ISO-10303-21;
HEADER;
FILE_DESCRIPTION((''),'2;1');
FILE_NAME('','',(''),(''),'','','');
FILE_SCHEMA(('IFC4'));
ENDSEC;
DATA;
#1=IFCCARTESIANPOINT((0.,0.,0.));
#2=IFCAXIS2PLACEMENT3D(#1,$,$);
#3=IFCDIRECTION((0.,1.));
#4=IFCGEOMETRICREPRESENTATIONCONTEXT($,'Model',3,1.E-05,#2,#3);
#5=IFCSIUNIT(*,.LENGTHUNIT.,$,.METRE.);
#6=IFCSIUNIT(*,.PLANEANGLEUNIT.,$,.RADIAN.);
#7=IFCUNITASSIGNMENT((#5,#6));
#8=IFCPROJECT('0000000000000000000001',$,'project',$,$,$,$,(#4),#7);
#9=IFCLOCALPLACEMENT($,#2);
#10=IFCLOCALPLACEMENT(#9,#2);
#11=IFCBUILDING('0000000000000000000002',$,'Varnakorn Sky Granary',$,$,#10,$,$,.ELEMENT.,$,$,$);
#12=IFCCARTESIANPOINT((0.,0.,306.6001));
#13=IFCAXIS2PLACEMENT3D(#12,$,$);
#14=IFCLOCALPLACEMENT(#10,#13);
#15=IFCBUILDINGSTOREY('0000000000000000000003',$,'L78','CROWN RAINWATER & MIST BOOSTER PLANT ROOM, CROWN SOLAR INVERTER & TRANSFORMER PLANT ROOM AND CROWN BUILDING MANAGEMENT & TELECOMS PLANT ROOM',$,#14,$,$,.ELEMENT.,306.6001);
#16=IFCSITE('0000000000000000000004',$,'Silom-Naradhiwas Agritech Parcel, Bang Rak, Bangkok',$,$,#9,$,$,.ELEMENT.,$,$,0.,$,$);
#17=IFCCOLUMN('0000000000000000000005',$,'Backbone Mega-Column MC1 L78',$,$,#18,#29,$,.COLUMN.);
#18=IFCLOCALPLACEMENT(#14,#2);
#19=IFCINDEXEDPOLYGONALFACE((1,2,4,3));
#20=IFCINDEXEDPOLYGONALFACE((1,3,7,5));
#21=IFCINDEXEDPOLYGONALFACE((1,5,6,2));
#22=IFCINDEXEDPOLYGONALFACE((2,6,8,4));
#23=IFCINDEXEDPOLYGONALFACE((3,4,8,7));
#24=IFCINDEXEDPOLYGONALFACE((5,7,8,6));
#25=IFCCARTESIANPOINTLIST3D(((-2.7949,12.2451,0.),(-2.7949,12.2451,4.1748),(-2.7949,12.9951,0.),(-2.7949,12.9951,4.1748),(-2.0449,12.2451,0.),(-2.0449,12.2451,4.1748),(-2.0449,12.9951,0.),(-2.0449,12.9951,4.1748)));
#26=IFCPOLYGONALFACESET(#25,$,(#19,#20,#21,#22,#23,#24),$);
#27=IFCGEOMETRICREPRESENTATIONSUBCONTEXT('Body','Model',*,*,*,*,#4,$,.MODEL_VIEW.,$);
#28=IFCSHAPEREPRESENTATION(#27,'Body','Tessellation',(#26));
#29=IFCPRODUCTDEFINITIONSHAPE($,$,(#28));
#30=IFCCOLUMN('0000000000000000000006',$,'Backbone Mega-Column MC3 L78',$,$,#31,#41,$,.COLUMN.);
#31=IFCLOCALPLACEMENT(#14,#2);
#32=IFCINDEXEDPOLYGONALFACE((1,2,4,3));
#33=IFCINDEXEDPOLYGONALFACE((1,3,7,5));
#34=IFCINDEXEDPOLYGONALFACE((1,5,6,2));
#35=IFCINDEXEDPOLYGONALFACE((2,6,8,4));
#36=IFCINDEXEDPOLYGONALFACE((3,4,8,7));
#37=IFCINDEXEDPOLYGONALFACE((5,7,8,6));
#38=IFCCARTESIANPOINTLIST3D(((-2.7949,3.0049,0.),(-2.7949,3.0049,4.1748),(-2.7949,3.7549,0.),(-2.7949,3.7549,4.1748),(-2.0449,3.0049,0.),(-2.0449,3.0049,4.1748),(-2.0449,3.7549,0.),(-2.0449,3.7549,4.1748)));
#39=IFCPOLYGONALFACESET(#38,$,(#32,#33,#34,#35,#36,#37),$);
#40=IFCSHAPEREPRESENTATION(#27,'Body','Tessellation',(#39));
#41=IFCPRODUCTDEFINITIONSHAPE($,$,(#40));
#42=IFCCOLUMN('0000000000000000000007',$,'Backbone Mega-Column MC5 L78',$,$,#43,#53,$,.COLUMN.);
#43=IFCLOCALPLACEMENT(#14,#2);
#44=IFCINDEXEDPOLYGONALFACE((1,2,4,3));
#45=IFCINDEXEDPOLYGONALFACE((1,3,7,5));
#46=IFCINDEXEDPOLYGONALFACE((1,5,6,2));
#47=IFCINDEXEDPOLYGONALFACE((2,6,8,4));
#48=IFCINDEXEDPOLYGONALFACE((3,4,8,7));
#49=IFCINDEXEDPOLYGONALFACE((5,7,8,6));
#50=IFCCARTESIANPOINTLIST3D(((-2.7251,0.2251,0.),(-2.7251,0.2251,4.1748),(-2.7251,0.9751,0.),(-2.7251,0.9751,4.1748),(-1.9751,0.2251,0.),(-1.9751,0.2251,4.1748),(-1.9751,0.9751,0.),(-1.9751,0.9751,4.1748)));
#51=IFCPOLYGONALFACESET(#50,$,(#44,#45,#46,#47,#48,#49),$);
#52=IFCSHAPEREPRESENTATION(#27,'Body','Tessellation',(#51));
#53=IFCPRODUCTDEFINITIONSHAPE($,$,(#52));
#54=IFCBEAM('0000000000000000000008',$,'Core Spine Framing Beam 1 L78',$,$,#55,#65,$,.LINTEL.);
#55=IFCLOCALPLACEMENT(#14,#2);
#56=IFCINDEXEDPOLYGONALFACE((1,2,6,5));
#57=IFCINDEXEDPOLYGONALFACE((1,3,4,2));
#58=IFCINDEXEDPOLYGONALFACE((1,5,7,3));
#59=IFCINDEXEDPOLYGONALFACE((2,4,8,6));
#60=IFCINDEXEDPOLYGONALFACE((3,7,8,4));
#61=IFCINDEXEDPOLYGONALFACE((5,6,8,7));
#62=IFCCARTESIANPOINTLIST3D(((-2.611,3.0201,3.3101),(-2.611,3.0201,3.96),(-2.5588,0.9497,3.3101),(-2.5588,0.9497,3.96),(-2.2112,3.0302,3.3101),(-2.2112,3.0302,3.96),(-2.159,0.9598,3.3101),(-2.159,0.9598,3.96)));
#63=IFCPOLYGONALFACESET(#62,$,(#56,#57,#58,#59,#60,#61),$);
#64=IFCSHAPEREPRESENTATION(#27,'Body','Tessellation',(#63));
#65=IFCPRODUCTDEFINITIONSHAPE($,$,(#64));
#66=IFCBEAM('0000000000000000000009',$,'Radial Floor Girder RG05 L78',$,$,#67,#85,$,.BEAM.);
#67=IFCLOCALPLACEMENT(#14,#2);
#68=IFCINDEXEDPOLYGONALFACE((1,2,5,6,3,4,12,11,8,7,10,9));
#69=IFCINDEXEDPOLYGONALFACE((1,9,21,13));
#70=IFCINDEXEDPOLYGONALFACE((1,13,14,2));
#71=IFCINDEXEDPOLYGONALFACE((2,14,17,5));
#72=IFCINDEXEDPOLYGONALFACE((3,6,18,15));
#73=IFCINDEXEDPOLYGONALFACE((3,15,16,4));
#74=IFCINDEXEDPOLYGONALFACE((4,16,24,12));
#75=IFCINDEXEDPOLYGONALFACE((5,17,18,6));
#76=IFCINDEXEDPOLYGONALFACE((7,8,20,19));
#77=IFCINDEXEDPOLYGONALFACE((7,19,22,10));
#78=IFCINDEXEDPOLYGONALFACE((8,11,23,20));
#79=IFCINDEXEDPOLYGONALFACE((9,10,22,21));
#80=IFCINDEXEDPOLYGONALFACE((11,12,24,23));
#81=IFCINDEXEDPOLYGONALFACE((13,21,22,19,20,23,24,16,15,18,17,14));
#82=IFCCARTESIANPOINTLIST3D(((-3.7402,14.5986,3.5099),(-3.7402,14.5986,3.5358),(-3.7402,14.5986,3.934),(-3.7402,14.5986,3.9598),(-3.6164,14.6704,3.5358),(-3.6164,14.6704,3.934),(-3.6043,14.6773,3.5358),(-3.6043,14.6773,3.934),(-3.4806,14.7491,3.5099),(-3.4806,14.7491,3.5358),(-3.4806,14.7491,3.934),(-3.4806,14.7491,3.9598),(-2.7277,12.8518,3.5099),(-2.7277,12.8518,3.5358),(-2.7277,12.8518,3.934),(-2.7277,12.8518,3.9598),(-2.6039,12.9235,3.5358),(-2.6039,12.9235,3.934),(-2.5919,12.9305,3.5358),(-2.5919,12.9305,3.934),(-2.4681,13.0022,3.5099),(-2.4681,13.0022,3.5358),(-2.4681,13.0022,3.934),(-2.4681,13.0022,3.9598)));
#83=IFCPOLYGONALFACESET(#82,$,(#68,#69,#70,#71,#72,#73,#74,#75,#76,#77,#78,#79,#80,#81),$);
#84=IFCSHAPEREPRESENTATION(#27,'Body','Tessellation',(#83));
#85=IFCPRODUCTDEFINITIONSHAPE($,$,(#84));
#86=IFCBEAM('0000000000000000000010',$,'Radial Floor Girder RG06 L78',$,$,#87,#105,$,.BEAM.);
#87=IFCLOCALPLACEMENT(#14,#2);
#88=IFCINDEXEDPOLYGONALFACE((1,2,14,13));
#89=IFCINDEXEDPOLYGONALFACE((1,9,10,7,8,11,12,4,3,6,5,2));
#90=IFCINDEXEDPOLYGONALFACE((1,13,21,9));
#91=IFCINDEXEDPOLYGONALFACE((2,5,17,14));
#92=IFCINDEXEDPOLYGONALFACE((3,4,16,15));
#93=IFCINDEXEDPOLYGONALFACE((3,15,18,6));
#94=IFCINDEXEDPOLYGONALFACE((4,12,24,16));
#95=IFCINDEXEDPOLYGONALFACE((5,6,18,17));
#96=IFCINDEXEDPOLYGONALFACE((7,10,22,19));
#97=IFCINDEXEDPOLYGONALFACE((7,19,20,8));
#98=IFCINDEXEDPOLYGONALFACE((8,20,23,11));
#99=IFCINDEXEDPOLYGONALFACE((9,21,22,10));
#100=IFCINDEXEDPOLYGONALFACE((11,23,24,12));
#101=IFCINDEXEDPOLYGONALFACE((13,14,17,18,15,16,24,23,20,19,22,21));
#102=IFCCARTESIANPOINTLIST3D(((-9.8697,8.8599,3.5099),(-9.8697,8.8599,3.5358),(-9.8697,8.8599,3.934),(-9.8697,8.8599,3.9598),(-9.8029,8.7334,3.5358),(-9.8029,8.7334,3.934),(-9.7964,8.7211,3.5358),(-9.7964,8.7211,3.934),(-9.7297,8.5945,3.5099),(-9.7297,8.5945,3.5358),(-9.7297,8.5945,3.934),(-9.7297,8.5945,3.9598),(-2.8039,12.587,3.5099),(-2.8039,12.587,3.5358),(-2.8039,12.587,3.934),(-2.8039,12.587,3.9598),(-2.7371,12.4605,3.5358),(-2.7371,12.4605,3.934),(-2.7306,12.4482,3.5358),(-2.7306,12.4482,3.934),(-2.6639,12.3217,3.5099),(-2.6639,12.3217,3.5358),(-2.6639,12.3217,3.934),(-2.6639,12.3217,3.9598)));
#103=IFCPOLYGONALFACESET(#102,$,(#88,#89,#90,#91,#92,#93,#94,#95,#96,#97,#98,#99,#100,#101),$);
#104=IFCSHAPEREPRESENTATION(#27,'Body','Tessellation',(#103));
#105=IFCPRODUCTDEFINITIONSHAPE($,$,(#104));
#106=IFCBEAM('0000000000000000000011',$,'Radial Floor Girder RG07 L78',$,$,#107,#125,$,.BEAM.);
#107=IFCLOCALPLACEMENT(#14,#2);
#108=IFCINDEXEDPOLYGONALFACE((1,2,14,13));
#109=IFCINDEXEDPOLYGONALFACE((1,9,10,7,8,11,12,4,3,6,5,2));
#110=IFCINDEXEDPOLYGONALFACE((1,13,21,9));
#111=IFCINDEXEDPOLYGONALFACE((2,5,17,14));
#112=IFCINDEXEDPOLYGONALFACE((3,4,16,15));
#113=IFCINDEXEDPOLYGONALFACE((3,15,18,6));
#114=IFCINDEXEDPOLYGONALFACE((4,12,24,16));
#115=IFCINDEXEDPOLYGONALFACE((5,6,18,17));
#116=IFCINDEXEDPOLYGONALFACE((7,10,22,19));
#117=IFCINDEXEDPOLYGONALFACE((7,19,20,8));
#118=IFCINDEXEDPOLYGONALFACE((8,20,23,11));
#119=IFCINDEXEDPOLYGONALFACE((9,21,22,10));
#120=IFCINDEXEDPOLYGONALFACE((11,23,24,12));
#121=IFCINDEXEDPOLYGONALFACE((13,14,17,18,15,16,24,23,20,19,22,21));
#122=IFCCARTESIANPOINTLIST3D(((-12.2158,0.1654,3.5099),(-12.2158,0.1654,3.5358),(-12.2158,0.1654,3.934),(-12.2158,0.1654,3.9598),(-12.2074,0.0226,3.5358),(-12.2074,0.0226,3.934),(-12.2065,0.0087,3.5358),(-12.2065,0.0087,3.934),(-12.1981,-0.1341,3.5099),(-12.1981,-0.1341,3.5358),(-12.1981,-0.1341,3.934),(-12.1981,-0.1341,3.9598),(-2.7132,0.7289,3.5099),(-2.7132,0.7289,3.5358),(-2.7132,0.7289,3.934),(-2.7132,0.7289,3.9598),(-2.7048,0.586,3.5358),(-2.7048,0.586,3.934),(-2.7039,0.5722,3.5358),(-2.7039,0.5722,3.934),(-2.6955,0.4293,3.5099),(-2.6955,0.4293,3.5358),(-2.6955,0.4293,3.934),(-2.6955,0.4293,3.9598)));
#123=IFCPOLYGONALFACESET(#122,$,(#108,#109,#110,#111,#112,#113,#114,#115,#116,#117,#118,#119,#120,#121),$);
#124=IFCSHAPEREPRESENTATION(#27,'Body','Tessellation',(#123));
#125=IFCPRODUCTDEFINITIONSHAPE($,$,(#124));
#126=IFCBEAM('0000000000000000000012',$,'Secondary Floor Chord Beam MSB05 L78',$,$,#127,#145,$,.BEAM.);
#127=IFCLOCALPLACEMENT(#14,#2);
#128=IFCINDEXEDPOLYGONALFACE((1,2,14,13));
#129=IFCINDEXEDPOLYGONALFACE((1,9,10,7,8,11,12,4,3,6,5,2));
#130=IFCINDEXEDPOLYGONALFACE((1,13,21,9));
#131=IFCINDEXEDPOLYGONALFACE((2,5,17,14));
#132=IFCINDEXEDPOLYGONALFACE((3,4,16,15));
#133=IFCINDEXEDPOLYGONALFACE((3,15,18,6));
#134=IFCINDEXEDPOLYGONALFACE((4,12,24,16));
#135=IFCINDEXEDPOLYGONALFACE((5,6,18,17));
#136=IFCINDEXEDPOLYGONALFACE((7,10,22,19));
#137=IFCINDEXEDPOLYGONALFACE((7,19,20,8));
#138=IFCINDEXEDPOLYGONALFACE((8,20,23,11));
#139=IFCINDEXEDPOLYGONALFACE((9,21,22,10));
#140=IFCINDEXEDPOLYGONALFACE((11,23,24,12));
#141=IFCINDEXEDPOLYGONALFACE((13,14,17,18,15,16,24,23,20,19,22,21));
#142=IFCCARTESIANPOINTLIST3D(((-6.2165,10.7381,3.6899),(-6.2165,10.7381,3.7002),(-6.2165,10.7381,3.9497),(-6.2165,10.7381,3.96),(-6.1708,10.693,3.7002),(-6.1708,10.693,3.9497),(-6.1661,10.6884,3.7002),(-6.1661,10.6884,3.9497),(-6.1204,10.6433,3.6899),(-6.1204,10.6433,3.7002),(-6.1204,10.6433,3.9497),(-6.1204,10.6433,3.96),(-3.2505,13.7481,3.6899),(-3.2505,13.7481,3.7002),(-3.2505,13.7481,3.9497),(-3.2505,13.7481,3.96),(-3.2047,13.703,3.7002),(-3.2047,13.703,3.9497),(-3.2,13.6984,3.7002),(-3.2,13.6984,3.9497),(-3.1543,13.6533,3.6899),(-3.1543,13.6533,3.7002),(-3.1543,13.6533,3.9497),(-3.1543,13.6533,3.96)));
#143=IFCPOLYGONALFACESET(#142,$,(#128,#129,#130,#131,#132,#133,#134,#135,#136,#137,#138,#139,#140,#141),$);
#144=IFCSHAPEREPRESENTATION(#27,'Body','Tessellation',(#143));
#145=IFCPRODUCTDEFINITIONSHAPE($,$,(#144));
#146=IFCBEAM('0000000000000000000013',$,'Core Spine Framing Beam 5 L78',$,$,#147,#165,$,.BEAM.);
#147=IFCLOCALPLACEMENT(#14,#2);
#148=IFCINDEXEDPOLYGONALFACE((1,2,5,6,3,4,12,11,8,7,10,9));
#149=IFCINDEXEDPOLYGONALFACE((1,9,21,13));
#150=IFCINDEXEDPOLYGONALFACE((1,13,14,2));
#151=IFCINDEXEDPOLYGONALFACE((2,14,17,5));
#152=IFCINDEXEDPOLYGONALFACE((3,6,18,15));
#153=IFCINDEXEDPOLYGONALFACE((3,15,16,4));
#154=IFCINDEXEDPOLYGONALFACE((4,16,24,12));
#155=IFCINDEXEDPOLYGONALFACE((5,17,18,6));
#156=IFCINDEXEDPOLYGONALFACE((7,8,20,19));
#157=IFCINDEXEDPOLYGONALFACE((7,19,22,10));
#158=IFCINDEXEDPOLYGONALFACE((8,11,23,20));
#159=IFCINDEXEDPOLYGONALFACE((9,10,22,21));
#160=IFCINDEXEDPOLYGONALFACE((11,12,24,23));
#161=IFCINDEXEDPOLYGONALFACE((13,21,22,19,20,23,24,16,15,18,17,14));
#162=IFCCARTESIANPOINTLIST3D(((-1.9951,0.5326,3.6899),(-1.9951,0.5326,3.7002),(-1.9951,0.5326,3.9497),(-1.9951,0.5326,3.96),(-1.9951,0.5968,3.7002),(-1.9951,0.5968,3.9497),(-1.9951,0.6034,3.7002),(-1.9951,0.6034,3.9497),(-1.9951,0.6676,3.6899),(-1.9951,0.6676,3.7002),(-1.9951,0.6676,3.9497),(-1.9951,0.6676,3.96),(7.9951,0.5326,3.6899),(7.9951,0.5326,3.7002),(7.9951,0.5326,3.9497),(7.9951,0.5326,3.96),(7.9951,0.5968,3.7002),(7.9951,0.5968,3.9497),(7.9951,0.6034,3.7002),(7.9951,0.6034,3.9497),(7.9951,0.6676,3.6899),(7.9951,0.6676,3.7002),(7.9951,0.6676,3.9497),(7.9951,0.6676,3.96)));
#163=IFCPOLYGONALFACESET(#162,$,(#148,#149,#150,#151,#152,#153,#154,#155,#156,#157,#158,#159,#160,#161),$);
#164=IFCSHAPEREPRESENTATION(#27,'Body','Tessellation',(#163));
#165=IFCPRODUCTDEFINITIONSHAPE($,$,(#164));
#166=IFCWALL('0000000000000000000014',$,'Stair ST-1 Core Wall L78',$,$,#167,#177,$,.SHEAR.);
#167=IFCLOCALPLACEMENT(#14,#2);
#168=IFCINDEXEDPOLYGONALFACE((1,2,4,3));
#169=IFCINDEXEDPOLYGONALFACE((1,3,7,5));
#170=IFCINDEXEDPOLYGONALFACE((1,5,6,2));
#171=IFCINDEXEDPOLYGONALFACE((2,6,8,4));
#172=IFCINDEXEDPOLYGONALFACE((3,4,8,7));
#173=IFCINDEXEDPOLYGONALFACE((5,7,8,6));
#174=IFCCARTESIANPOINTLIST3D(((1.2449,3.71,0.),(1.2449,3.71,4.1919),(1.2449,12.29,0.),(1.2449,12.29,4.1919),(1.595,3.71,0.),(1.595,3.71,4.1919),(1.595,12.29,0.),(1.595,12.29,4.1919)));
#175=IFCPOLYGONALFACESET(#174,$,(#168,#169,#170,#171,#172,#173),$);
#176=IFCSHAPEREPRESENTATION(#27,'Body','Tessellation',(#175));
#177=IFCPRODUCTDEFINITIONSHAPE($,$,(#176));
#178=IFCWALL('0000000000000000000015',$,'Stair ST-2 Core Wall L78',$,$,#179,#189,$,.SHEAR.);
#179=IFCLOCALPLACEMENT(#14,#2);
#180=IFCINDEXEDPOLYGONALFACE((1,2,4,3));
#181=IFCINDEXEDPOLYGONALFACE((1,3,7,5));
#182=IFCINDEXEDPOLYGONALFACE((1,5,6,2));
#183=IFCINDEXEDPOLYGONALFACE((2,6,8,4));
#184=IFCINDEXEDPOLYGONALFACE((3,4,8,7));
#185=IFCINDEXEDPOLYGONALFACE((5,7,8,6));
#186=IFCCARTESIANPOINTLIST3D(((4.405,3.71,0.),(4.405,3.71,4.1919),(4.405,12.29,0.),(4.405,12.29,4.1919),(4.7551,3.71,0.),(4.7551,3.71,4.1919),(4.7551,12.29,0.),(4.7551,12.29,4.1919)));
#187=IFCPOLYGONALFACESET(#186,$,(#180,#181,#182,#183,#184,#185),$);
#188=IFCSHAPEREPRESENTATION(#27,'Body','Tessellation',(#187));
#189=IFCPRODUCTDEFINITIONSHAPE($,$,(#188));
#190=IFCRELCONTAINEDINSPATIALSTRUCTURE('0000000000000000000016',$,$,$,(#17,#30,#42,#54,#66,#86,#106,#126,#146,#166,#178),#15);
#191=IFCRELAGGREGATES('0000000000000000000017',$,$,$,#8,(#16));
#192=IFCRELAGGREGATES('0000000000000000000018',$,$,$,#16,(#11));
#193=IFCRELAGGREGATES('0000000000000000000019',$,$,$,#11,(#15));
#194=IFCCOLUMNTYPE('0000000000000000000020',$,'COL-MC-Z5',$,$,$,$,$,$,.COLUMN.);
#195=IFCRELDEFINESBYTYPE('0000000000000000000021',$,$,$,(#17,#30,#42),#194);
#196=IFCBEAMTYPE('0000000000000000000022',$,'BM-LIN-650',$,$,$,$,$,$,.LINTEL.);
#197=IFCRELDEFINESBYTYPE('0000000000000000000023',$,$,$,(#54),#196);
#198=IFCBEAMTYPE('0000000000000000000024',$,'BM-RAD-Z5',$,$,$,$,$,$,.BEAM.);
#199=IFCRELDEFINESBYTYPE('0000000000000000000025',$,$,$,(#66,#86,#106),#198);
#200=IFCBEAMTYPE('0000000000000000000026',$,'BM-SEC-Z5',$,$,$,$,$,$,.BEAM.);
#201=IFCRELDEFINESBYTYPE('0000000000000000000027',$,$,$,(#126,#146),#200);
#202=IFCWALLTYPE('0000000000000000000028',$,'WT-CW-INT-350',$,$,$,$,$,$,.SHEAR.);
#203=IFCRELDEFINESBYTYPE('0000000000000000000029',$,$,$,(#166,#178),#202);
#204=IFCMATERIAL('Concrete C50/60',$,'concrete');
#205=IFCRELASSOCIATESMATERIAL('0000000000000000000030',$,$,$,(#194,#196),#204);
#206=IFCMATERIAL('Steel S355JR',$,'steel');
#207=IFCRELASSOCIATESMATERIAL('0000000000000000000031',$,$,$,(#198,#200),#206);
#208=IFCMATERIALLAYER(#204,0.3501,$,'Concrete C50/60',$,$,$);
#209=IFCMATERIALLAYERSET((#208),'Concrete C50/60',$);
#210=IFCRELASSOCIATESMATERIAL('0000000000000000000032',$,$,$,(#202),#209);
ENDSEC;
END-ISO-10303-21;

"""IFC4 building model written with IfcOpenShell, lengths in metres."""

from ifc_helpers import new_model, si_unit, direction, frame, frame_2d, origin, origin_2d, place, context, subcontext, project, spatial, rectangle, i_section, extrude, material, layer, layer_set, material_profile, profile_set, type_object, element, save


model = new_model("IFC4")

# Units and contexts
model_context = context("Model", 3, precision=1e-05, world=origin(), true_north=direction((0.0, 1.0)))
body_context = subcontext(model_context, "Body", "Model", "MODEL_VIEW")
ifc_project = project(units=[si_unit("LENGTHUNIT", "METRE"), si_unit("PLANEANGLEUNIT", "RADIAN")], contexts=[model_context])

# Site, building, storey
site_placement = place(None, origin())
site = spatial("IfcSite", under=ifc_project, at=site_placement, Name="Silom-Naradhiwas Agritech Parcel, Bang Rak, Bangkok", CompositionType="ELEMENT", RefElevation=0.0)
building_placement = place(site_placement, origin())
building = spatial("IfcBuilding", under=site, at=building_placement, Name="Varnakorn Sky Granary", CompositionType="ELEMENT")
storey_placement = place(building_placement, frame((0.0, 0.0, 306.6001)))
storey = spatial("IfcBuildingStorey", under=building, at=storey_placement, Name="L78", Description="CROWN RAINWATER & MIST BOOSTER PLANT ROOM, CROWN SOLAR INVERTER & TRANSFORMER PLANT ROOM AND CROWN BUILDING MANAGEMENT & TELECOMS PLANT ROOM", CompositionType="ELEMENT", Elevation=306.6001)

# Columns
ifc_material_1 = material(Name="Concrete C50/60", Category="concrete")
ifc_material_profile_1 = material_profile(ifc_material_1, rectangle(XDim=0.75, YDim=0.75, at=origin_2d()), Name="RC 750x750")
ifc_profile_set_1 = profile_set([ifc_material_profile_1], Name="Concrete C50/60")
column_type = type_object("IfcColumnType", Name="COL-MC-Z5", PredefinedType="COLUMN", material=ifc_profile_set_1)
for number, where, z_axis, x_axis, name in (
    (1, (-2.4199, 12.6201, 0.0), (0.0, 0.0, 1.0), (1.0, 0.0, 0.0), "Backbone Mega-Column MC1 L78"),
    (2, (-2.4199, 3.3799, 0.0), (0.0, 0.0, 1.0), (1.0, 0.0, 0.0), "Backbone Mega-Column MC3 L78"),
    (3, (-2.3501, 0.6001, 0.0), (0.0, 0.0, 1.0), (1.0, 0.0, 0.0), "Backbone Mega-Column MC5 L78"),
):
    element("IfcColumn", number, at=place(storey_placement, frame(where, z_axis=z_axis, x_axis=x_axis)), inside=storey, type_object=column_type, Name=name, PredefinedType="COLUMN", context=body_context, shape_type="SweptSolid", body=[
        extrude(rectangle(XDim=0.75, YDim=0.75, at=origin_2d()), origin(), (0.0, 0.0, 1.0), 4.1748),
    ])

# Beams
ifc_material_profile_2 = material_profile(ifc_material_1, rectangle(XDim=0.3999, YDim=0.6499, at=origin_2d()), Name="RC 400x650")
ifc_profile_set_2 = profile_set([ifc_material_profile_2], Name="Concrete C50/60")
beam_type_1 = type_object("IfcBeamType", Name="BM-LIN-650", PredefinedType="LINTEL", material=ifc_profile_set_2)
beam_1_placement = place(storey_placement, frame((-2.4111, 3.0251, 3.635), z_axis=(0.025228, -0.999682, 0.0), x_axis=(0.999682, 0.025228, 0.0)))
element("IfcBeam", 4, at=beam_1_placement, inside=storey, type_object=beam_type_1, Name="Core Spine Framing Beam 1 L78", PredefinedType="LINTEL", context=body_context, shape_type="SweptSolid", body=[
    extrude(rectangle(XDim=0.3999, YDim=0.6499, at=origin_2d()), origin(), (0.0, 0.0, 1.0), 2.071),
])
ifc_material_2 = material(Name="Steel S355JR", Category="steel")
ifc_material_profile_3 = material_profile(ifc_material_2, i_section(OverallWidth=0.3, OverallDepth=0.45, WebThickness=0.0139, FlangeThickness=0.0259, at=origin_2d()), Name="HE 450 B")
ifc_profile_set_3 = profile_set([ifc_material_profile_3], Name="Steel S355JR")
beam_type_2 = type_object("IfcBeamType", Name="BM-RAD-Z5", PredefinedType="BEAM", material=ifc_profile_set_3)
beam_2_placement = place(storey_placement, frame((-2.5979, 12.927, 3.7349), z_axis=(-0.501456, 0.865183, 0.0), x_axis=(-0.865183, -0.501456, 0.0)))
element("IfcBeam", 5, at=beam_2_placement, inside=storey, type_object=beam_type_2, Name="Radial Floor Girder RG05 L78", PredefinedType="BEAM", context=body_context, shape_type="SweptSolid", body=[
    extrude(i_section(OverallWidth=0.3, OverallDepth=0.45, WebThickness=0.0139, FlangeThickness=0.0259, at=origin_2d()), origin(), (0.0, 0.0, 1.0), 2.019),
])
beam_3_placement = place(storey_placement, frame((-2.7339, 12.4543, 3.7349), z_axis=(-0.884491, -0.466557, 0.0), x_axis=(0.466557, -0.884491, 0.0)))
element("IfcBeam", 6, at=beam_3_placement, inside=storey, type_object=beam_type_2, Name="Radial Floor Girder RG06 L78", PredefinedType="BEAM", context=body_context, shape_type="SweptSolid", body=[
    extrude(i_section(OverallWidth=0.3, OverallDepth=0.45, WebThickness=0.0139, FlangeThickness=0.0259, at=origin_2d()), origin(), (0.0, 0.0, 1.0), 7.9885),
])
beam_4_placement = place(storey_placement, frame((-2.7043, 0.5791, 3.7349), z_axis=(-0.998247, -0.059193, 0.0), x_axis=(0.059193, -0.998247, 0.0)))
element("IfcBeam", 7, at=beam_4_placement, inside=storey, type_object=beam_type_2, Name="Radial Floor Girder RG07 L78", PredefinedType="BEAM", context=body_context, shape_type="SweptSolid", body=[
    extrude(i_section(OverallWidth=0.3, OverallDepth=0.45, WebThickness=0.0139, FlangeThickness=0.0259, at=origin_2d()), origin(), (0.0, 0.0, 1.0), 9.5193),
])
ifc_material_profile_4 = material_profile(ifc_material_2, i_section(OverallWidth=0.135, OverallDepth=0.27, WebThickness=0.0066, FlangeThickness=0.0103, at=origin_2d()), Name="IPE 270")
ifc_profile_set_4 = profile_set([ifc_material_profile_4], Name="Steel S355JR")
beam_type_3 = type_object("IfcBeamType", Name="BM-SEC-Z5", PredefinedType="BEAM", material=ifc_profile_set_4)
beam_5_placement = place(storey_placement, frame((-3.2024, 13.7007, 3.825), z_axis=(-0.701888, -0.712287, 0.0), x_axis=(0.712287, -0.701888, 0.0)))
element("IfcBeam", 8, at=beam_5_placement, inside=storey, type_object=beam_type_3, Name="Secondary Floor Chord Beam MSB05 L78", PredefinedType="BEAM", context=body_context, shape_type="SweptSolid", body=[
    extrude(i_section(OverallWidth=0.135, OverallDepth=0.27, WebThickness=0.0066, FlangeThickness=0.0103, at=origin_2d()), origin(), (0.0, 0.0, 1.0), 4.2258),
])
beam_6_placement = place(storey_placement, frame((-1.9951, 0.6001, 3.825), z_axis=(1.0, 0.0, 0.0), x_axis=(0.0, 1.0, 0.0)))
element("IfcBeam", 9, at=beam_6_placement, inside=storey, type_object=beam_type_3, Name="Core Spine Framing Beam 5 L78", PredefinedType="BEAM", context=body_context, shape_type="SweptSolid", body=[
    extrude(i_section(OverallWidth=0.135, OverallDepth=0.27, WebThickness=0.0066, FlangeThickness=0.0103, at=origin_2d()), origin(), (0.0, 0.0, 1.0), 9.9902),
])

# Walls
ifc_layer_1 = layer(ifc_material_1, 0.3501, Name="Concrete C50/60")
ifc_layer_set_1 = layer_set([ifc_layer_1], Name="Concrete C50/60")
wall_type_1 = type_object("IfcWallType", Name="WT-CW-INT-350", PredefinedType="SHEAR", material=ifc_layer_set_1)
for number, where, z_axis, x_axis, name in (
    (10, (1.4199, 3.71, 0.0), (0.0, 0.0, 1.0), (0.0, 1.0, 0.0), "Stair ST-1 Core Wall L78"),
    (11, (4.5801, 3.71, 0.0), (0.0, 0.0, 1.0), (0.0, 1.0, 0.0), "Stair ST-2 Core Wall L78"),
):
    element("IfcWall", number, at=place(storey_placement, frame(where, z_axis=z_axis, x_axis=x_axis)), inside=storey, type_object=wall_type_1, Name=name, PredefinedType="SHEAR", context=body_context, shape_type="SweptSolid", body=[
        extrude(rectangle(XDim=8.5801, YDim=0.3501, at=frame_2d((4.29, 0.0))), origin(), (0.0, 0.0, 1.0), 4.1919),
    ])

save(model, "model.ifc")
